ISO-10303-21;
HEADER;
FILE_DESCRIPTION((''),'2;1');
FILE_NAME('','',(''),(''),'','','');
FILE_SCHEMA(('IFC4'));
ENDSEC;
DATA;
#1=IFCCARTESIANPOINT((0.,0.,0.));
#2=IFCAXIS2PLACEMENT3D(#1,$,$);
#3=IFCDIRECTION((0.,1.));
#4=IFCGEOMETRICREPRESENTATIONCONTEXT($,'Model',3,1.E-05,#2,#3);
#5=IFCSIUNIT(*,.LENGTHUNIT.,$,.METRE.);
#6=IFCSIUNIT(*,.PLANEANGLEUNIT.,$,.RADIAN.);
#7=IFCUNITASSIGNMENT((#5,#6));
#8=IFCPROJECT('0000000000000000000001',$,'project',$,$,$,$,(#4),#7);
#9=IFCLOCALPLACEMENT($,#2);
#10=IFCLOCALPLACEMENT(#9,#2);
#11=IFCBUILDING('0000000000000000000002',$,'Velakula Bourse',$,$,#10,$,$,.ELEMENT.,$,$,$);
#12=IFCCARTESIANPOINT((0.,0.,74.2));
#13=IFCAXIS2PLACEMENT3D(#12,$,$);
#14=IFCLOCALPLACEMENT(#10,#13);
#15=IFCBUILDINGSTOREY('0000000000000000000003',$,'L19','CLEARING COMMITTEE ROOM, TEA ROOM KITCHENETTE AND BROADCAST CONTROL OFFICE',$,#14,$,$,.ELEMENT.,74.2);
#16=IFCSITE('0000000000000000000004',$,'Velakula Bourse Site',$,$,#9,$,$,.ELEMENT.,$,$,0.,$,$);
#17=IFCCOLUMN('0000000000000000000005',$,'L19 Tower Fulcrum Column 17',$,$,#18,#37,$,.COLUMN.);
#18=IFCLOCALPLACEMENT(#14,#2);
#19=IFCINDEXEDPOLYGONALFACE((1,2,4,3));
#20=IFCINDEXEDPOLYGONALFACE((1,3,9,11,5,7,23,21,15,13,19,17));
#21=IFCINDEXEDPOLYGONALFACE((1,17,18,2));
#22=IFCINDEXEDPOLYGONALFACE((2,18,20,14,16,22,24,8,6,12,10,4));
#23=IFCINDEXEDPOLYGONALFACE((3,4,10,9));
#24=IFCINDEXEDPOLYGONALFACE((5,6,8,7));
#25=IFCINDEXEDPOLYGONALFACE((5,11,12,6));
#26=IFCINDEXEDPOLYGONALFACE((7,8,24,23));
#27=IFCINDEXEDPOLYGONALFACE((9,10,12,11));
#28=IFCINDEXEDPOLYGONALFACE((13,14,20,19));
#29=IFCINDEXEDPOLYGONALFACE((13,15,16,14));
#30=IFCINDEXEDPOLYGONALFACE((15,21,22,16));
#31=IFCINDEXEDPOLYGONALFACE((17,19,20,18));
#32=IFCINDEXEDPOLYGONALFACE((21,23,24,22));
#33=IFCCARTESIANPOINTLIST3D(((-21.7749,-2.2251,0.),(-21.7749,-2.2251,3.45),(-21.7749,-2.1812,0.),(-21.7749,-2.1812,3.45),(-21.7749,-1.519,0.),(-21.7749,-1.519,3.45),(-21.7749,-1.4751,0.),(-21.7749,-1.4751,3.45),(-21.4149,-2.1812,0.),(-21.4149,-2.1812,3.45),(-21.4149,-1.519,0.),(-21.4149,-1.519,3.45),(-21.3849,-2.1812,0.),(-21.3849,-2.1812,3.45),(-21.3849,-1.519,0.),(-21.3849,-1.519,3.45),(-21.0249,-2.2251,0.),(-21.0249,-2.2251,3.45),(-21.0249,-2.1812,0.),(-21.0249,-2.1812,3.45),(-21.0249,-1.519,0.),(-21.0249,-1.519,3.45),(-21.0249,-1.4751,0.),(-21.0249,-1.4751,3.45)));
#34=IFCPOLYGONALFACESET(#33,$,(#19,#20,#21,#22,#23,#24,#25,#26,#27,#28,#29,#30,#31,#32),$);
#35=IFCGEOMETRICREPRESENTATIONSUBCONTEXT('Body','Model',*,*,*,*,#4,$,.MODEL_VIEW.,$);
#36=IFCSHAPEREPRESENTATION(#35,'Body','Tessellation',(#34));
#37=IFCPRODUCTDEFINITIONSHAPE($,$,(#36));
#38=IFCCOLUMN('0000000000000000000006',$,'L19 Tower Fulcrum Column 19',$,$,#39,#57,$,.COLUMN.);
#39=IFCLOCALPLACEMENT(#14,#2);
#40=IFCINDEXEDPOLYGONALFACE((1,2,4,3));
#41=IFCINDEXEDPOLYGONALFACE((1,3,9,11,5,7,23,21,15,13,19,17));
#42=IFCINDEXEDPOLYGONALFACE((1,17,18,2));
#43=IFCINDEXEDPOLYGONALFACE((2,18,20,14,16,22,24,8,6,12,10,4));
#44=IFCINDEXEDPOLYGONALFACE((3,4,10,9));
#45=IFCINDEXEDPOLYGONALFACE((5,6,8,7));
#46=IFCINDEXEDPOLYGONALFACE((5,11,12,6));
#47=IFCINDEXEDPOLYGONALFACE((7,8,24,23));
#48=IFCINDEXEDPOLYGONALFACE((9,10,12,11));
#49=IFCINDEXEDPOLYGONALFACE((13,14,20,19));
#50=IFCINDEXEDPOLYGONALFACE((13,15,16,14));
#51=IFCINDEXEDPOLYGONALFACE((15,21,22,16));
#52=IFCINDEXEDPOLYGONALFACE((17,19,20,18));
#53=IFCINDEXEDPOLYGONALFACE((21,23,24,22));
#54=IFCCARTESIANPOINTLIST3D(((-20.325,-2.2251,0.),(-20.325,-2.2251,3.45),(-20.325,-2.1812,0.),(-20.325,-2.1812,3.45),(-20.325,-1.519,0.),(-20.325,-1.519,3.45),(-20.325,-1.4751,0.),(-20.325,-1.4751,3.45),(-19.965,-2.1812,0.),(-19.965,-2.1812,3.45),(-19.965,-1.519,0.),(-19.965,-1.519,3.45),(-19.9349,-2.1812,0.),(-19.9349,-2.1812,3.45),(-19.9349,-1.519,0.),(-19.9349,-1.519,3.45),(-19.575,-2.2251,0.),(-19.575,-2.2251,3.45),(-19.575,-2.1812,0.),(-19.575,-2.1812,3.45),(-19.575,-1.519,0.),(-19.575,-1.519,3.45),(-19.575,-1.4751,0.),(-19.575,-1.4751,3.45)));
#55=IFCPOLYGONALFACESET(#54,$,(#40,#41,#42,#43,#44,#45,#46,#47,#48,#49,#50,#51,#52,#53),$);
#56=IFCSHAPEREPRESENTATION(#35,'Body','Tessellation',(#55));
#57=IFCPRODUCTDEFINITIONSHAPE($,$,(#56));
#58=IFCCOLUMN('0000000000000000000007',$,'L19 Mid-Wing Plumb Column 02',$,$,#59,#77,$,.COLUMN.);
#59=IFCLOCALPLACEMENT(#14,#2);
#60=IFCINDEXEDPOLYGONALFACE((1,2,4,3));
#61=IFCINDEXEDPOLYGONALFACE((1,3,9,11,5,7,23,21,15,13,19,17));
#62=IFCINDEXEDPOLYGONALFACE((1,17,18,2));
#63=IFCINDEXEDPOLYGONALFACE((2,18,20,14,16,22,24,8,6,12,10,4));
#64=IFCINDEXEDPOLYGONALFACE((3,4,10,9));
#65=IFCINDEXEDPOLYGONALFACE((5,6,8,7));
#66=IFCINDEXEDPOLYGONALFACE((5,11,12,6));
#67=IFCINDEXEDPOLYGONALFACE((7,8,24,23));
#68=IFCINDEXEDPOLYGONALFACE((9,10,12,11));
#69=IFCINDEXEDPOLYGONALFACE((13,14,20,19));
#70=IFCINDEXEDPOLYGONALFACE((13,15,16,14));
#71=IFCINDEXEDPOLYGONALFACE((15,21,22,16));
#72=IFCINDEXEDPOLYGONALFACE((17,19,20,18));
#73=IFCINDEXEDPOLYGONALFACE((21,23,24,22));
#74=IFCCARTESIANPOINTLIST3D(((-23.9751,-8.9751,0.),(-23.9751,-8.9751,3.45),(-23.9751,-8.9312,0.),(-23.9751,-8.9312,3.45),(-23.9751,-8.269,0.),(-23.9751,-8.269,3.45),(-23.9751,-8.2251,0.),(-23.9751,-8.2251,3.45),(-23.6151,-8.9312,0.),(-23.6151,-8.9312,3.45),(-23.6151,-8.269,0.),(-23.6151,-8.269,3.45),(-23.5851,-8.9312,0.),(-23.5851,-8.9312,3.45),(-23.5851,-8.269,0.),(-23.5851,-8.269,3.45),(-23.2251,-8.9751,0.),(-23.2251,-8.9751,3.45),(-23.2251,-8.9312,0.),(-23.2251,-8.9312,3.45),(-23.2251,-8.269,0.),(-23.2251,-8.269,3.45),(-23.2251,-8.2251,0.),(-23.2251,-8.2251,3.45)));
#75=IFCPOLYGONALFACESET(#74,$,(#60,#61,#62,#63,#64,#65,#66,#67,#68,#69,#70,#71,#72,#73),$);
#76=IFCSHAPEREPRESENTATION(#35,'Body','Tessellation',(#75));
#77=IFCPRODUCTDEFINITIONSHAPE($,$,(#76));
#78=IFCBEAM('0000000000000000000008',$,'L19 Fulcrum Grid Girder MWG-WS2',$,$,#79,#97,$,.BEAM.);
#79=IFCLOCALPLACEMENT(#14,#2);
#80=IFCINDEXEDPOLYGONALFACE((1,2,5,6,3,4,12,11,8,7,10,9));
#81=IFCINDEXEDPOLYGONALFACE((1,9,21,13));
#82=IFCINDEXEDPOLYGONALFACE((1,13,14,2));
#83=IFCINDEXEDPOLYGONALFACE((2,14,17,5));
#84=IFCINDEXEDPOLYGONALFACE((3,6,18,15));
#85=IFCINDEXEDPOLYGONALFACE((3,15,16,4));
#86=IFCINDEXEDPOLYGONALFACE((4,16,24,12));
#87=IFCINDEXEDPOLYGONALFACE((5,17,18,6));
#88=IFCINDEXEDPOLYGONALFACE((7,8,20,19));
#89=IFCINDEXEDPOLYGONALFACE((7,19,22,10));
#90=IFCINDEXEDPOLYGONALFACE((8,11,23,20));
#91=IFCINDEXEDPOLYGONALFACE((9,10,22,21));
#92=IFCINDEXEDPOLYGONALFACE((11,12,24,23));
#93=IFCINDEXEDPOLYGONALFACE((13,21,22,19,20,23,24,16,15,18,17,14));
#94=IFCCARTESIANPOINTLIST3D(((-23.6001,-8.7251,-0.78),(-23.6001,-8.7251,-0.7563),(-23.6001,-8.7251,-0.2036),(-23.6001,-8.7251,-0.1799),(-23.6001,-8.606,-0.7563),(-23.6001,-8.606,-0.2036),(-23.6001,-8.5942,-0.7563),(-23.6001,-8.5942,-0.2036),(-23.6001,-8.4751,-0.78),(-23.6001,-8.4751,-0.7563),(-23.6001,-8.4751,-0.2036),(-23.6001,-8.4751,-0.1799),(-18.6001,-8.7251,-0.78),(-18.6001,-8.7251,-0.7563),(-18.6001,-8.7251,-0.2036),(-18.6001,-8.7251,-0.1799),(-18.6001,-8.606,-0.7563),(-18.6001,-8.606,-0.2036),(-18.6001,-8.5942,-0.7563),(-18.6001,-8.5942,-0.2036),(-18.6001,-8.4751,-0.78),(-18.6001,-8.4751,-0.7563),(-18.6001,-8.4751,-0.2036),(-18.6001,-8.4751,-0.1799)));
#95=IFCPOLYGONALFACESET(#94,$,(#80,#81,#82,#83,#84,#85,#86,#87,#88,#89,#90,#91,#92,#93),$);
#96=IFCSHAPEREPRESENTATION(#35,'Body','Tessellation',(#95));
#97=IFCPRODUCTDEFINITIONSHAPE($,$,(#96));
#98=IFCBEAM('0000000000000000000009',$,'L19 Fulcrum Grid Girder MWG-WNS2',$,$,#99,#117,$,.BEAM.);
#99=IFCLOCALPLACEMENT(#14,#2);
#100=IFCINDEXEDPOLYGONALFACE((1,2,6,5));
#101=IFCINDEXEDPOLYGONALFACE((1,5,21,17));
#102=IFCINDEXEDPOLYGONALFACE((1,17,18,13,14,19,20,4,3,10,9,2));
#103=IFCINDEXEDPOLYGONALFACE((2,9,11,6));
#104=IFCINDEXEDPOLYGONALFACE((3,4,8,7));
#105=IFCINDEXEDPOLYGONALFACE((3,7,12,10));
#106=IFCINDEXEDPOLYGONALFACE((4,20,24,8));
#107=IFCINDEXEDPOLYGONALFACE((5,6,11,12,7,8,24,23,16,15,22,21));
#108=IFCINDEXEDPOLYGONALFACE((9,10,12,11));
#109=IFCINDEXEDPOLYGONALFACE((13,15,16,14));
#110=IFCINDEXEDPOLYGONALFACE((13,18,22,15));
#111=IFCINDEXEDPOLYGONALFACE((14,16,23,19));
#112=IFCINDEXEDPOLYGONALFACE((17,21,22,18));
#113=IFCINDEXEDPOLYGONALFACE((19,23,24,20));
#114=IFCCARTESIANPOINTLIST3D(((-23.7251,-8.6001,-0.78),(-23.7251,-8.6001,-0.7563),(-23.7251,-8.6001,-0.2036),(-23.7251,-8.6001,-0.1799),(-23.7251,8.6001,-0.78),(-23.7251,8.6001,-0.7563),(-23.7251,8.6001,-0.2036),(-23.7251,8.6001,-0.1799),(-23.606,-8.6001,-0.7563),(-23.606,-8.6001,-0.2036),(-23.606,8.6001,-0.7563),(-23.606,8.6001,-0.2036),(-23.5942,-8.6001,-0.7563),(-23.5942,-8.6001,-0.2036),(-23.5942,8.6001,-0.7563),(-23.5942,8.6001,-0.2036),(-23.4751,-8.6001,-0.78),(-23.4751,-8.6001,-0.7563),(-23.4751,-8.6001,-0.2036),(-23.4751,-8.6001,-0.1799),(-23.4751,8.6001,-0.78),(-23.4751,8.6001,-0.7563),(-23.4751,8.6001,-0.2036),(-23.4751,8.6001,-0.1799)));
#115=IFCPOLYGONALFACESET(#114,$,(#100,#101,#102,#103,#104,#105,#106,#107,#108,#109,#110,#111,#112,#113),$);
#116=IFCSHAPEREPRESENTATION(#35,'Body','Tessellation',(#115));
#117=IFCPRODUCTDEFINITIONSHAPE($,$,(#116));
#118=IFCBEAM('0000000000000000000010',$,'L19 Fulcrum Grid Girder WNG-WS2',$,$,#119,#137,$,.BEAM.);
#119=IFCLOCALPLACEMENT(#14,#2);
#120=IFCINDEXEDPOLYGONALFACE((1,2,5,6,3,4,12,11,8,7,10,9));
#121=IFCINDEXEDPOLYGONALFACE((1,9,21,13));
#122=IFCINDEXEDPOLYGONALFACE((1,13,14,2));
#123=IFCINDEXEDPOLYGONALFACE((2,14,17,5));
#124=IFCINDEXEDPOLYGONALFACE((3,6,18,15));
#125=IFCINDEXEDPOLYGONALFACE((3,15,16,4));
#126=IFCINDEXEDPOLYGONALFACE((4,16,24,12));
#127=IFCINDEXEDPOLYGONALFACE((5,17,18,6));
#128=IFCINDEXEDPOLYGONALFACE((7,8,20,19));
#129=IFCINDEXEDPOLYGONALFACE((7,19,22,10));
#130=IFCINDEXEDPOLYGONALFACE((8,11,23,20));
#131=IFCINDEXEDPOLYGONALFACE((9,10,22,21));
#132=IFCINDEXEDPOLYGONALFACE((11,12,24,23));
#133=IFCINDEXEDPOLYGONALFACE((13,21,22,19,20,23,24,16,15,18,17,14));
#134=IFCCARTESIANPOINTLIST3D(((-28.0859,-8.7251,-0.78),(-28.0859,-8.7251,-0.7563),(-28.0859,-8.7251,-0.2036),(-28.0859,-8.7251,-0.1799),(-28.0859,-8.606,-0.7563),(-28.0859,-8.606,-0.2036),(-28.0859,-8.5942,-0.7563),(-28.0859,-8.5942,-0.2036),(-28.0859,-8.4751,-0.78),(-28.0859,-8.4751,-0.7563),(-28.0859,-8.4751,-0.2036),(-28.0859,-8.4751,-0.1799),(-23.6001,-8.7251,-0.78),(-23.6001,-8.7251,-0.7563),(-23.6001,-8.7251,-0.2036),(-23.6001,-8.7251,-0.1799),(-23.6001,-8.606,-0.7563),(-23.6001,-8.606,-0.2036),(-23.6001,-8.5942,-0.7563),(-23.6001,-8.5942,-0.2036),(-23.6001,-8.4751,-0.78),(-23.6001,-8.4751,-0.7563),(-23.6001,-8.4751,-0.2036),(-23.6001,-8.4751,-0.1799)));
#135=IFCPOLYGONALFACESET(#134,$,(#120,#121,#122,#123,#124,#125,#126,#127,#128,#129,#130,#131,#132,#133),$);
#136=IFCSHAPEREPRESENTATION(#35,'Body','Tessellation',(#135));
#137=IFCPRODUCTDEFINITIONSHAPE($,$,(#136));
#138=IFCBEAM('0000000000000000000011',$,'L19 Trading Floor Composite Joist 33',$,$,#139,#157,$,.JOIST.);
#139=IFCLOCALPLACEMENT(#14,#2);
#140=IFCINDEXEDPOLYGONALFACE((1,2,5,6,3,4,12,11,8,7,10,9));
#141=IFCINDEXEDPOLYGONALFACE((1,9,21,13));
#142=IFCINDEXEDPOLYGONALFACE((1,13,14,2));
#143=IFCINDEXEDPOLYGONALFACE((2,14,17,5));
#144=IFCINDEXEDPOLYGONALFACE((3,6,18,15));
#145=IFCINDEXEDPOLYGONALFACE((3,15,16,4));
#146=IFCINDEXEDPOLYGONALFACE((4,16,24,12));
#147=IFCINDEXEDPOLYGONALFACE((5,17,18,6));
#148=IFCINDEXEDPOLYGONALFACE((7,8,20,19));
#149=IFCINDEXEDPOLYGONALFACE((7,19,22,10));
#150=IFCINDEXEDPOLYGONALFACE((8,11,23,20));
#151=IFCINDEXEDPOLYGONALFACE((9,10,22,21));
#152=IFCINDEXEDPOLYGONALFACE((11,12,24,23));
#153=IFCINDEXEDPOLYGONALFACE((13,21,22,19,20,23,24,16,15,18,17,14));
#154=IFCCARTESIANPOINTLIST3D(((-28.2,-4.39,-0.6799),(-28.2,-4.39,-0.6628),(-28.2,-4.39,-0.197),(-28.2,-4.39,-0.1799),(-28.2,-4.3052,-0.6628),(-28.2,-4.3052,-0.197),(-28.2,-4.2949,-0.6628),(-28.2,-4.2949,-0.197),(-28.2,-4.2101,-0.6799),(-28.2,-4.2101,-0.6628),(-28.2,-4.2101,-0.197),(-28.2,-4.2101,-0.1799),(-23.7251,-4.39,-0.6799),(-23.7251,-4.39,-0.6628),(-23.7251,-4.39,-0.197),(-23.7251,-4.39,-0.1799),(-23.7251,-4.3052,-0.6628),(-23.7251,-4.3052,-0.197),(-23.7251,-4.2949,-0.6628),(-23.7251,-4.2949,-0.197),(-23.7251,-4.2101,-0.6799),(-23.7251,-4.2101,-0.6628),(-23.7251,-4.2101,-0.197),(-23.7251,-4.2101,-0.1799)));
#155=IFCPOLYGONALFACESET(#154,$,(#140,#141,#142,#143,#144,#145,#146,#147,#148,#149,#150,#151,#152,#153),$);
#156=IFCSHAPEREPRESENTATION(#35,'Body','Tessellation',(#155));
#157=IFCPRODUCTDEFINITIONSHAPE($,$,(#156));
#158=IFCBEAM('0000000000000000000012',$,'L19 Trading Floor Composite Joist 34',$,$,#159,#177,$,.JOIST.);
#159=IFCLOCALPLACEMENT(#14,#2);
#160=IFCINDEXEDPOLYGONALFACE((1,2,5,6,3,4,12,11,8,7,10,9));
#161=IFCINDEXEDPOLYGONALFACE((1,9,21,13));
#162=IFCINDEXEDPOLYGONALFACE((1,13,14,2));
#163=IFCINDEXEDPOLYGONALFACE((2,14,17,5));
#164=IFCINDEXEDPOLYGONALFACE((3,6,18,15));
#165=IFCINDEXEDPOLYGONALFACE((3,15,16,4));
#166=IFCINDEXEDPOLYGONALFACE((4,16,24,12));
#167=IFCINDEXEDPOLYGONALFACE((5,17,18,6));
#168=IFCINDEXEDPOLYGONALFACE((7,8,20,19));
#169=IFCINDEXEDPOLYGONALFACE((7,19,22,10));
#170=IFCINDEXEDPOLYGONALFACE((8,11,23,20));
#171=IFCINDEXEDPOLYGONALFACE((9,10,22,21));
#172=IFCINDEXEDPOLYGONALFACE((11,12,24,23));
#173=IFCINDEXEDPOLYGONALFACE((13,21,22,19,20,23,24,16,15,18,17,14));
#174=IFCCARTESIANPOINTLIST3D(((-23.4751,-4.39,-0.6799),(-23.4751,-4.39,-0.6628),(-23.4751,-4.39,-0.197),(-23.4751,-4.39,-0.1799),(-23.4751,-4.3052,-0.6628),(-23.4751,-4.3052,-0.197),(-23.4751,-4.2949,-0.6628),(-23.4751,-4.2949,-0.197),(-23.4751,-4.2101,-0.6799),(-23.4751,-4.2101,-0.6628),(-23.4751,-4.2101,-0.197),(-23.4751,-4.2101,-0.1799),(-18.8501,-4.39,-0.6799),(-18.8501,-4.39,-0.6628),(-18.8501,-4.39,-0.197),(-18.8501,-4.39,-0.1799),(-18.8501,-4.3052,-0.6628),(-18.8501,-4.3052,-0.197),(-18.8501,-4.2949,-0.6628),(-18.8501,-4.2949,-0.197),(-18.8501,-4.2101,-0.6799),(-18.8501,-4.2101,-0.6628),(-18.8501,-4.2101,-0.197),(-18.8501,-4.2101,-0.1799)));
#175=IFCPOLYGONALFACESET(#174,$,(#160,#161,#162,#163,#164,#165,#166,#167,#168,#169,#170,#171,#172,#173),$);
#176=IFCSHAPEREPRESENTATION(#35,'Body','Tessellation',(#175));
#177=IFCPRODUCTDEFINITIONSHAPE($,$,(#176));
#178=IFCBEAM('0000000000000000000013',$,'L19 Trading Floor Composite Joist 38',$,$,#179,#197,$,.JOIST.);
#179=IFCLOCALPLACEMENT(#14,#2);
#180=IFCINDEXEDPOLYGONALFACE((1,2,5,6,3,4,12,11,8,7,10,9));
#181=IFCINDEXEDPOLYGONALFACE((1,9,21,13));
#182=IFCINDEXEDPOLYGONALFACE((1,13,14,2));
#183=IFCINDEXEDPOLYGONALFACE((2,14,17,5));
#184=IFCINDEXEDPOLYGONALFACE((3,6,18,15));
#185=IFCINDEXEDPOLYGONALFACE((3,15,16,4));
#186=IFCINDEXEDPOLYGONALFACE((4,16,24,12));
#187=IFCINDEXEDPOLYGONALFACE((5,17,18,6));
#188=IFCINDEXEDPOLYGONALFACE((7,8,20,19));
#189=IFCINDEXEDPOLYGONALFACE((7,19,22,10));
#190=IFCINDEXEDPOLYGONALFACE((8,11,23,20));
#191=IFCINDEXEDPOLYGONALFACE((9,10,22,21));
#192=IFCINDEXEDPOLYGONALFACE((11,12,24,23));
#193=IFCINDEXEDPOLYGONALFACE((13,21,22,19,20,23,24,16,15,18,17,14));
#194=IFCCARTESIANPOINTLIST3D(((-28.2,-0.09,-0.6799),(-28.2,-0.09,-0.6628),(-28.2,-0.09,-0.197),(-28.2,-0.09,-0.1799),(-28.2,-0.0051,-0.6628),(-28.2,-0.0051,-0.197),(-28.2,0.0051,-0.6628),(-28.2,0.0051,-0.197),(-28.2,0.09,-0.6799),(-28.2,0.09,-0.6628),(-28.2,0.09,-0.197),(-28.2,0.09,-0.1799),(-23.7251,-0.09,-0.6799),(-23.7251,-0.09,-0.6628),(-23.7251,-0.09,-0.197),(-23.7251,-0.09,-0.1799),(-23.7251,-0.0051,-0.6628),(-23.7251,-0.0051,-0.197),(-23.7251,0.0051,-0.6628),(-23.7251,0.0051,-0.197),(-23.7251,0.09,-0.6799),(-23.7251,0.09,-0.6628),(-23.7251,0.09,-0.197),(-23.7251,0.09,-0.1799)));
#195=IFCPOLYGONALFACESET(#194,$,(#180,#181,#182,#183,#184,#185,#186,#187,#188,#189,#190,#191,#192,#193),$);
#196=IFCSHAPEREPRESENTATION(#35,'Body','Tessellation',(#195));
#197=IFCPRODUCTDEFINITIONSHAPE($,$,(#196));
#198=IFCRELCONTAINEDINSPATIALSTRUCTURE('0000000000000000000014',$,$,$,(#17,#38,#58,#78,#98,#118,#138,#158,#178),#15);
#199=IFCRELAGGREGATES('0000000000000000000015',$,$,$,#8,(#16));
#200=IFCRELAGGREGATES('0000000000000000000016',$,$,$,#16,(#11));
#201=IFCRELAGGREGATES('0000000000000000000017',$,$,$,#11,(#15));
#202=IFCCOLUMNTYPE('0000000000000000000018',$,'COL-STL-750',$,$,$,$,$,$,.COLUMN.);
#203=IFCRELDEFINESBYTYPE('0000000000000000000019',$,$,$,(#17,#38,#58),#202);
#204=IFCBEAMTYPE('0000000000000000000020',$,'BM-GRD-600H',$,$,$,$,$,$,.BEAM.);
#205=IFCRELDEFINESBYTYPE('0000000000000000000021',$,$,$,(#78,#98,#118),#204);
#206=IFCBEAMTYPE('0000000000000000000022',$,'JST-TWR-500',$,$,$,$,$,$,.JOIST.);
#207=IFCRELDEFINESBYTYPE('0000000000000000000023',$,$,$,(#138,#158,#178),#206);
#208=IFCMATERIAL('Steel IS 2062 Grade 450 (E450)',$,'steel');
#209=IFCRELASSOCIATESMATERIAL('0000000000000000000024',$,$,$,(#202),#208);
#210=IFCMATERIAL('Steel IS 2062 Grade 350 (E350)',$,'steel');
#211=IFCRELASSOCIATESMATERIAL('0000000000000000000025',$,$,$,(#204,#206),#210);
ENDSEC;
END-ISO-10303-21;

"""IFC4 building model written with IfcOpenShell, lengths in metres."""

from ifc_helpers import new_model, si_unit, direction, frame, origin, origin_2d, place, context, subcontext, project, spatial, i_section, extrude, material, material_profile, profile_set, type_object, element, save


model = new_model("IFC4")

# Units and contexts
model_context = context("Model", 3, precision=1e-05, world=origin(), true_north=direction((0.0, 1.0)))
body_context = subcontext(model_context, "Body", "Model", "MODEL_VIEW")
ifc_project = project(units=[si_unit("LENGTHUNIT", "METRE"), si_unit("PLANEANGLEUNIT", "RADIAN")], contexts=[model_context])

# Site, building, storey
site_placement = place(None, origin())
site = spatial("IfcSite", under=ifc_project, at=site_placement, Name="Velakula Bourse Site", CompositionType="ELEMENT", RefElevation=0.0)
building_placement = place(site_placement, origin())
building = spatial("IfcBuilding", under=site, at=building_placement, Name="Velakula Bourse", CompositionType="ELEMENT")
storey_placement = place(building_placement, frame((0.0, 0.0, 74.2)))
storey = spatial("IfcBuildingStorey", under=building, at=storey_placement, Name="L19", Description="CLEARING COMMITTEE ROOM, TEA ROOM KITCHENETTE AND BROADCAST CONTROL OFFICE", CompositionType="ELEMENT", Elevation=74.2)

# Columns
ifc_material_1 = material(Name="Steel IS 2062 Grade 450 (E450)", Category="steel")
ifc_material_profile_1 = material_profile(ifc_material_1, i_section(OverallWidth=0.75, OverallDepth=0.75, WebThickness=0.03, FlangeThickness=0.0439, at=origin_2d()), Name="Steel IS 2062 Grade 450 (E450)")
ifc_profile_set_1 = profile_set([ifc_material_profile_1], Name="Steel IS 2062 Grade 450 (E450)")
column_type = type_object("IfcColumnType", Name="COL-STL-750", PredefinedType="COLUMN", material=ifc_profile_set_1)
for number, where, z_axis, x_axis, name in (
    (1, (-21.3999, -1.8501, 0.0), (0.0, 0.0, 1.0), (1.0, 0.0, 0.0), "L19 Tower Fulcrum Column 17"),
    (2, (-19.95, -1.8501, 0.0), (0.0, 0.0, 1.0), (1.0, 0.0, 0.0), "L19 Tower Fulcrum Column 19"),
    (3, (-23.6001, -8.6001, 0.0), (0.0, 0.0, 1.0), (1.0, 0.0, 0.0), "L19 Mid-Wing Plumb Column 02"),
):
    element("IfcColumn", number, at=place(storey_placement, frame(where, z_axis=z_axis, x_axis=x_axis)), inside=storey, type_object=column_type, Name=name, PredefinedType="COLUMN", context=body_context, shape_type="SweptSolid", body=[
        extrude(i_section(OverallWidth=0.75, OverallDepth=0.75, WebThickness=0.03, FlangeThickness=0.0439, at=origin_2d()), origin(), (0.0, 0.0, 1.0), 3.45),
    ])

# Beams
ifc_material_2 = material(Name="Steel IS 2062 Grade 350 (E350)", Category="steel")
ifc_material_profile_2 = material_profile(ifc_material_2, i_section(OverallWidth=0.25, OverallDepth=0.6001, WebThickness=0.0117, FlangeThickness=0.0237, at=origin_2d()), Name="Steel IS 2062 Grade 350 (E350)")
ifc_profile_set_2 = profile_set([ifc_material_profile_2], Name="Steel IS 2062 Grade 350 (E350)")
beam_type_1 = type_object("IfcBeamType", Name="BM-GRD-600H", PredefinedType="BEAM", material=ifc_profile_set_2)
beam_1_placement = place(storey_placement, frame((-23.6001, -8.6001, -0.48), z_axis=(1.0, 0.0, 0.0), x_axis=(0.0, 1.0, 0.0)))
element("IfcBeam", 4, at=beam_1_placement, inside=storey, type_object=beam_type_1, Name="L19 Fulcrum Grid Girder MWG-WS2", PredefinedType="BEAM", context=body_context, shape_type="SweptSolid", body=[
    extrude(i_section(OverallWidth=0.25, OverallDepth=0.6001, WebThickness=0.0117, FlangeThickness=0.0237, at=origin_2d()), origin(), (0.0, 0.0, 1.0), 5.0),
])
beam_2_placement = place(storey_placement, frame((-23.6001, -8.6001, -0.48), z_axis=(0.0, 1.0, 0.0), x_axis=(-1.0, 0.0, 0.0)))
element("IfcBeam", 5, at=beam_2_placement, inside=storey, type_object=beam_type_1, Name="L19 Fulcrum Grid Girder MWG-WNS2", PredefinedType="BEAM", context=body_context, shape_type="SweptSolid", body=[
    extrude(i_section(OverallWidth=0.25, OverallDepth=0.6001, WebThickness=0.0117, FlangeThickness=0.0237, at=origin_2d()), origin(), (0.0, 0.0, 1.0), 17.2002),
])
beam_3_placement = place(storey_placement, frame((-28.0859, -8.6001, -0.48), z_axis=(1.0, 0.0, 0.0), x_axis=(0.0, 1.0, 0.0)))
element("IfcBeam", 6, at=beam_3_placement, inside=storey, type_object=beam_type_1, Name="L19 Fulcrum Grid Girder WNG-WS2", PredefinedType="BEAM", context=body_context, shape_type="SweptSolid", body=[
    extrude(i_section(OverallWidth=0.25, OverallDepth=0.6001, WebThickness=0.0117, FlangeThickness=0.0237, at=origin_2d()), origin(), (0.0, 0.0, 1.0), 4.4858),
])
ifc_material_profile_3 = material_profile(ifc_material_2, i_section(OverallWidth=0.1799, OverallDepth=0.5, WebThickness=0.0103, FlangeThickness=0.0171, at=origin_2d()), Name="Steel IS 2062 Grade 350 (E350)")
ifc_profile_set_3 = profile_set([ifc_material_profile_3], Name="Steel IS 2062 Grade 350 (E350)")
beam_type_2 = type_object("IfcBeamType", Name="JST-TWR-500", PredefinedType="JOIST", material=ifc_profile_set_3)
beam_4_placement = place(storey_placement, frame((-28.2, -4.3, -0.4299), z_axis=(1.0, 0.0, 0.0), x_axis=(0.0, 1.0, 0.0)))
element("IfcBeam", 7, at=beam_4_placement, inside=storey, type_object=beam_type_2, Name="L19 Trading Floor Composite Joist 33", PredefinedType="JOIST", context=body_context, shape_type="SweptSolid", body=[
    extrude(i_section(OverallWidth=0.1799, OverallDepth=0.5, WebThickness=0.0103, FlangeThickness=0.0171, at=origin_2d()), origin(), (0.0, 0.0, 1.0), 4.4749),
])
beam_5_placement = place(storey_placement, frame((-23.4751, -4.3, -0.4299), z_axis=(1.0, 0.0, 0.0), x_axis=(0.0, 1.0, 0.0)))
element("IfcBeam", 8, at=beam_5_placement, inside=storey, type_object=beam_type_2, Name="L19 Trading Floor Composite Joist 34", PredefinedType="JOIST", context=body_context, shape_type="SweptSolid", body=[
    extrude(i_section(OverallWidth=0.1799, OverallDepth=0.5, WebThickness=0.0103, FlangeThickness=0.0171, at=origin_2d()), origin(), (0.0, 0.0, 1.0), 4.625),
])
beam_6_placement = place(storey_placement, frame((-28.2, 0.0, -0.4299), z_axis=(1.0, 0.0, 0.0), x_axis=(0.0, 1.0, 0.0)))
element("IfcBeam", 9, at=beam_6_placement, inside=storey, type_object=beam_type_2, Name="L19 Trading Floor Composite Joist 38", PredefinedType="JOIST", context=body_context, shape_type="SweptSolid", body=[
    extrude(i_section(OverallWidth=0.1799, OverallDepth=0.5, WebThickness=0.0103, FlangeThickness=0.0171, at=origin_2d()), origin(), (0.0, 0.0, 1.0), 4.4749),
])

save(model, "model.ifc")
